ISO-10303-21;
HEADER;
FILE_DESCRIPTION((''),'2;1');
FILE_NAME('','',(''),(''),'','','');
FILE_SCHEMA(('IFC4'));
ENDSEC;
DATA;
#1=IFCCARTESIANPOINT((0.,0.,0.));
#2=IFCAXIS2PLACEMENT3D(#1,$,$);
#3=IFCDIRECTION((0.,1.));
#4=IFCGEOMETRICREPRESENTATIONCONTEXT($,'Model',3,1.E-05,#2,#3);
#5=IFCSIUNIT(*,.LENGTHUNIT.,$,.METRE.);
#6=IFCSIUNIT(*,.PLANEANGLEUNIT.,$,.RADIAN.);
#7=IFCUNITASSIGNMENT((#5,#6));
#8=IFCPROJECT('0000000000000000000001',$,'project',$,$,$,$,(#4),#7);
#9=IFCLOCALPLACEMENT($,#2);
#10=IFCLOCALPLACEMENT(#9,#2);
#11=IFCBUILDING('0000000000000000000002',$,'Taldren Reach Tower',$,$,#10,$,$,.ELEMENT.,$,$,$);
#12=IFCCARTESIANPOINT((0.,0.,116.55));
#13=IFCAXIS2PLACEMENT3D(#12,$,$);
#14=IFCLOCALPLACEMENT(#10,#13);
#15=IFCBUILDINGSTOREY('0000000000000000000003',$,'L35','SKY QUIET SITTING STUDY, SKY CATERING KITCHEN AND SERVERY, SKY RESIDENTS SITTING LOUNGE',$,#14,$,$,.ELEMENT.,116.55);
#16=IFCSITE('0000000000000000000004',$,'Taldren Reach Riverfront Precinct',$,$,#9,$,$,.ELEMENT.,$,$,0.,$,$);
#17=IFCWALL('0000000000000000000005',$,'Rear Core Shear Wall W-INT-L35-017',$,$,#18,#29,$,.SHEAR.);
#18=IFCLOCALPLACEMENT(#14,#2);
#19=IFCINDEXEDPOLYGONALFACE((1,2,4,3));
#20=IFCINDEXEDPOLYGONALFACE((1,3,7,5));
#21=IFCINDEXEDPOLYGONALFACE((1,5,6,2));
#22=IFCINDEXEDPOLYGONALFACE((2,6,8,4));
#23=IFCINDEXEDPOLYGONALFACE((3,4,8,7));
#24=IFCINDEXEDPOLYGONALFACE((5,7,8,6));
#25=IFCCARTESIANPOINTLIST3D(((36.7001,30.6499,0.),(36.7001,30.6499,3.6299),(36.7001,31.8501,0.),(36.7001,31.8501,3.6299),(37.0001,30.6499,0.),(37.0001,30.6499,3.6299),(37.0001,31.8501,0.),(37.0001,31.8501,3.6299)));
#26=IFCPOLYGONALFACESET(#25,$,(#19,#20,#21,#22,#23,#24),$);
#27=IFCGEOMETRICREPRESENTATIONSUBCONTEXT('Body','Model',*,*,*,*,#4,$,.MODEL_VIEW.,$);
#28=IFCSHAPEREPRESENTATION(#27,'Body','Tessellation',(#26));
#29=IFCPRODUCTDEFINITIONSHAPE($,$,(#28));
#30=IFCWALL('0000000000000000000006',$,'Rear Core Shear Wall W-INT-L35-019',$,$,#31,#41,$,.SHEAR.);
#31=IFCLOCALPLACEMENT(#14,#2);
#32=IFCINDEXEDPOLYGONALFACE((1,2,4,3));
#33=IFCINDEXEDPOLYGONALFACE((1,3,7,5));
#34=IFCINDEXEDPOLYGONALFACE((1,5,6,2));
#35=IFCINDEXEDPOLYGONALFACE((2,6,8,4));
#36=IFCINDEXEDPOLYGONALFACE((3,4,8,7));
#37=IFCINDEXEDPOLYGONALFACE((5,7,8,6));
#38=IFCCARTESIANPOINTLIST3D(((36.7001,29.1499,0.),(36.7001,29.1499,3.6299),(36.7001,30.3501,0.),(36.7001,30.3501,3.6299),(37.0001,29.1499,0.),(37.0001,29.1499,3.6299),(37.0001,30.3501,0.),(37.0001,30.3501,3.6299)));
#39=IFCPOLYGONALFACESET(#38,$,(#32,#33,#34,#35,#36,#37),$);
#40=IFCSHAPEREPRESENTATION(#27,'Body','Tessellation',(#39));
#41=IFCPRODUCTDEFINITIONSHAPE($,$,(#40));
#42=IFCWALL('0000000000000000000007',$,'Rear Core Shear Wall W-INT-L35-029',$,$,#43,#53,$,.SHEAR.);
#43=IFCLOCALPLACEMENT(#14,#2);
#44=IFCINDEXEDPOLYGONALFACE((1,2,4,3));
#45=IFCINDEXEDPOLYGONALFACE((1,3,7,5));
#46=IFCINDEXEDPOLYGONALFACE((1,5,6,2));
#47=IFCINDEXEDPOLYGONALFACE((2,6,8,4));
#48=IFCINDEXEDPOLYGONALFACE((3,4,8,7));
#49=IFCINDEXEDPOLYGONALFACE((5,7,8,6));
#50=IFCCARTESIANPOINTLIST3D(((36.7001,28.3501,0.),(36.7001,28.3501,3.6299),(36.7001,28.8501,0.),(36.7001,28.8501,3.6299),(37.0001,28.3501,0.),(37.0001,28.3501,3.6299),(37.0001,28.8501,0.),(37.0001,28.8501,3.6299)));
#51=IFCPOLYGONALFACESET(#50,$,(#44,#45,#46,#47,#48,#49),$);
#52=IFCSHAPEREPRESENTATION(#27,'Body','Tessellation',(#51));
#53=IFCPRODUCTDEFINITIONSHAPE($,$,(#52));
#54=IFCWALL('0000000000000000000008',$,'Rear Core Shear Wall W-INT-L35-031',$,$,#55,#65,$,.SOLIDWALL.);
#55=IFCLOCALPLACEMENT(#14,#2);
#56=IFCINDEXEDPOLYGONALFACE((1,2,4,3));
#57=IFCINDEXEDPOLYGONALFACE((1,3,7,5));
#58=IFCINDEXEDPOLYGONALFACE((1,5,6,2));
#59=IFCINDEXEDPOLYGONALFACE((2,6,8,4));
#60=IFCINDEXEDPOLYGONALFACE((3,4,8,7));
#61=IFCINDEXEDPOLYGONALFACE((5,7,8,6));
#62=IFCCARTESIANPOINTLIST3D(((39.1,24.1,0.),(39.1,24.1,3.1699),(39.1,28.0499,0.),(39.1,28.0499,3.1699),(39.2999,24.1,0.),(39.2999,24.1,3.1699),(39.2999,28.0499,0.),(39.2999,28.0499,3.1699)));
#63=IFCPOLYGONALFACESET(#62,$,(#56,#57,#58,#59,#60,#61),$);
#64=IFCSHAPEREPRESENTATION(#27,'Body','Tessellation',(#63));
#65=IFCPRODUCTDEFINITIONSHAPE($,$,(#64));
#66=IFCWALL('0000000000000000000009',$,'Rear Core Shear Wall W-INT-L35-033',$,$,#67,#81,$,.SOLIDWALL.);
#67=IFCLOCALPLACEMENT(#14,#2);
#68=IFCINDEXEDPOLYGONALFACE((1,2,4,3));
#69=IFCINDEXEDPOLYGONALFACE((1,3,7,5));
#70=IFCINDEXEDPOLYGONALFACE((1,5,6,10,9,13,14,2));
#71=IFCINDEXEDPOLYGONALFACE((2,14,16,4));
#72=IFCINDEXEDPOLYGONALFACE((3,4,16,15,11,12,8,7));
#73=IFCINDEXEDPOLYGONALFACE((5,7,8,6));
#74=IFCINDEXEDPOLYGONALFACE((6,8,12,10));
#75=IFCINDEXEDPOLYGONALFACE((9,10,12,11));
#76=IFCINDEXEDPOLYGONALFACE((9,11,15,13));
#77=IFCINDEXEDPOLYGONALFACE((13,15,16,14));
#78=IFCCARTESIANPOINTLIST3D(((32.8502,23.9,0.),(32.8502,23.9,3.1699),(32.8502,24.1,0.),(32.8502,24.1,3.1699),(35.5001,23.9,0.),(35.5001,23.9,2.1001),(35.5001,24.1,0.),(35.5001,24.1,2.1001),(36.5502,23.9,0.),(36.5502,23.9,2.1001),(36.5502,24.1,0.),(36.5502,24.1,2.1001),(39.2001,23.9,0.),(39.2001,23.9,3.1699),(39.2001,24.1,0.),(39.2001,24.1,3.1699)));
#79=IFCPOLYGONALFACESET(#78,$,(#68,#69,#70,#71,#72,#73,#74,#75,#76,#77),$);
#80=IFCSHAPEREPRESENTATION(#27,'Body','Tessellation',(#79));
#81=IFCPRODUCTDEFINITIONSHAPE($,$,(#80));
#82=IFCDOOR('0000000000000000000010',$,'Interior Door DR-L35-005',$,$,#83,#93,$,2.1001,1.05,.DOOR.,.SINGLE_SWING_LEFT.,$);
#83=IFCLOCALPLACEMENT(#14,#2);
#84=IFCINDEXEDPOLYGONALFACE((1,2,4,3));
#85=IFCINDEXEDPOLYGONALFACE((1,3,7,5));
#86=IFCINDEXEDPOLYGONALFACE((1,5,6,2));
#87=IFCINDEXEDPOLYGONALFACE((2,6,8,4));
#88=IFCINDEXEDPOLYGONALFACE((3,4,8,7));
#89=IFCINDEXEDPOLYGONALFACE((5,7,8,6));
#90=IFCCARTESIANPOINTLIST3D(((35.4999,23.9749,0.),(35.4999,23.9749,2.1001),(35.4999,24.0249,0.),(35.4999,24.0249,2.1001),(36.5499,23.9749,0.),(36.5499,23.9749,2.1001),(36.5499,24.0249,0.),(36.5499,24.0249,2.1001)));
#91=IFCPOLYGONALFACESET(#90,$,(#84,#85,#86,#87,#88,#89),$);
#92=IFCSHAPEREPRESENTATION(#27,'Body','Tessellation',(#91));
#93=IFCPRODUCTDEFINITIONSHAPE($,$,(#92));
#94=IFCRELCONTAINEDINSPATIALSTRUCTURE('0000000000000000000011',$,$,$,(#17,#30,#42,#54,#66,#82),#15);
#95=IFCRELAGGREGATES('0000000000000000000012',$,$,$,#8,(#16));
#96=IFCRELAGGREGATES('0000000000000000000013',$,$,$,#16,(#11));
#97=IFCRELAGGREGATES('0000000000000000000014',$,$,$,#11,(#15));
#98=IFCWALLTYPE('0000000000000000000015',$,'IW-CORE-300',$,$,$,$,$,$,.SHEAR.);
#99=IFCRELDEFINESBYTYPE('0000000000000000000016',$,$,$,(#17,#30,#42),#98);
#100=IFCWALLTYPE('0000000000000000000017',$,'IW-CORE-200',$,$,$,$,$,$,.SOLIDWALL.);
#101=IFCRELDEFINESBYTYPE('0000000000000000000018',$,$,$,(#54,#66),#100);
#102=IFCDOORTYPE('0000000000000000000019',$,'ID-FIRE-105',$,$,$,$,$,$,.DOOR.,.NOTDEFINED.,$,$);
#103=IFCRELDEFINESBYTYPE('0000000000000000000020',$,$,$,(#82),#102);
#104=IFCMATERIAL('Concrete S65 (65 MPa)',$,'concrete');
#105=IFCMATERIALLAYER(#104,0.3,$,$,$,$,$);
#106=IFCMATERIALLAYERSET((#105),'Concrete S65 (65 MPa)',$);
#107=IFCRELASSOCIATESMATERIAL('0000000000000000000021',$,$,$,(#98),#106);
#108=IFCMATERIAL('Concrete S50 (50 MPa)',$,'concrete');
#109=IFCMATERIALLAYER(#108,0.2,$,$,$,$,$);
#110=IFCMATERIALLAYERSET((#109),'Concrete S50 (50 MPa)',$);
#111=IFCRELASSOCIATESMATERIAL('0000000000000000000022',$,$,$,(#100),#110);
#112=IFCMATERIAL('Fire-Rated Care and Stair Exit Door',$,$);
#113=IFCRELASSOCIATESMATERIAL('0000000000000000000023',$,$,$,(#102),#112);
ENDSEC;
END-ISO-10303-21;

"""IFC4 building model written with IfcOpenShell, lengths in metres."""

from ifc_helpers import new_model, si_unit, direction, frame, frame_2d, origin, place, context, subcontext, project, spatial, rectangle, extrude, source, transform, mapped, material, layer, layer_set, type_object, element, fill, save


model = new_model("IFC4")

# Units and contexts
model_context = context("Model", 3, precision=1e-05, world=origin(), true_north=direction((0.0, 1.0)))
body_context = subcontext(model_context, "Body", "Model", "MODEL_VIEW")
ifc_project = project(units=[si_unit("LENGTHUNIT", "METRE"), si_unit("PLANEANGLEUNIT", "RADIAN")], contexts=[model_context])

# Site, building, storey
site_placement = place(None, origin())
site = spatial("IfcSite", under=ifc_project, at=site_placement, Name="Taldren Reach Riverfront Precinct", CompositionType="ELEMENT", RefElevation=0.0)
building_placement = place(site_placement, origin())
building = spatial("IfcBuilding", under=site, at=building_placement, Name="Taldren Reach Tower", CompositionType="ELEMENT")
storey_placement = place(building_placement, frame((0.0, 0.0, 116.55)))
storey = spatial("IfcBuildingStorey", under=building, at=storey_placement, Name="L35", Description="SKY QUIET SITTING STUDY, SKY CATERING KITCHEN AND SERVERY, SKY RESIDENTS SITTING LOUNGE", CompositionType="ELEMENT", Elevation=116.55)

# Walls
ifc_material_1 = material(Name="Concrete S65 (65 MPa)", Category="concrete")
ifc_layer_1 = layer(ifc_material_1, 0.3)
ifc_layer_set_1 = layer_set([ifc_layer_1], Name="Concrete S65 (65 MPa)")
wall_type_1 = type_object("IfcWallType", Name="IW-CORE-300", PredefinedType="SHEAR", material=ifc_layer_set_1)
shared_shape_1 = source(origin(), body_context, "Body", "SweptSolid", [
    extrude(rectangle(XDim=1.2002, YDim=0.3, at=frame_2d((0.6001, 0.0))), origin(), (0.0, 0.0, 1.0), 3.6299),
])
for number, where, z_axis, x_axis, name in (
    (1, (36.8501, 30.6499, 0.0), (0.0, 0.0, 1.0), (0.0, 1.0, 0.0), "Rear Core Shear Wall W-INT-L35-017"),
    (2, (36.8501, 29.1499, 0.0), (0.0, 0.0, 1.0), (0.0, 1.0, 0.0), "Rear Core Shear Wall W-INT-L35-019"),
):
    element("IfcWall", number, at=place(storey_placement, frame(where, z_axis=z_axis, x_axis=x_axis)), inside=storey, type_object=wall_type_1, Name=name, PredefinedType="SHEAR", context=body_context, shape_type="MappedRepresentation", body=[
        mapped(shared_shape_1, transform((0.0, 0.0, 0.0), scale=1.0)),
    ])
shared_shape_2 = source(origin(), body_context, "Body", "SweptSolid", [
    extrude(rectangle(XDim=0.5, YDim=0.3, at=frame_2d((0.25, 0.0))), origin(), (0.0, 0.0, 1.0), 3.6299),
])
wall_1_placement = place(storey_placement, frame((36.8501, 28.8501, 0.0), z_axis=(0.0, 0.0, 1.0), x_axis=(0.0, -1.0, 0.0)))
element("IfcWall", 3, at=wall_1_placement, inside=storey, type_object=wall_type_1, Name="Rear Core Shear Wall W-INT-L35-029", PredefinedType="SHEAR", context=body_context, shape_type="MappedRepresentation", body=[
    mapped(shared_shape_2, transform((0.0, 0.0, 0.0), scale=1.0)),
])

# Wall
ifc_material_2 = material(Name="Concrete S50 (50 MPa)", Category="concrete")
ifc_layer_2 = layer(ifc_material_2, 0.2)
ifc_layer_set_2 = layer_set([ifc_layer_2], Name="Concrete S50 (50 MPa)")
wall_type_2 = type_object("IfcWallType", Name="IW-CORE-200", PredefinedType="SOLIDWALL", material=ifc_layer_set_2)
shared_shape_3 = source(origin(), body_context, "Body", "SweptSolid", [
    extrude(rectangle(XDim=3.95, YDim=0.2, at=frame_2d((1.9751, 0.0))), origin(), (0.0, 0.0, 1.0), 3.1699),
])
wall_2_placement = place(storey_placement, frame((39.2, 28.05, 0.0), z_axis=(0.0, 0.0, 1.0), x_axis=(0.0, -1.0, 0.0)))
element("IfcWall", 4, at=wall_2_placement, inside=storey, type_object=wall_type_2, Name="Rear Core Shear Wall W-INT-L35-031", PredefinedType="SOLIDWALL", context=body_context, shape_type="MappedRepresentation", body=[
    mapped(shared_shape_3, transform((0.0, 0.0, 0.0), scale=1.0)),
])

# Wall, opening, door
shared_shape_4 = source(origin(), body_context, "Body", "SweptSolid", [
    extrude(rectangle(XDim=6.3499, YDim=0.2, at=frame_2d((3.1748, 0.0))), origin(), (0.0, 0.0, 1.0), 3.1699),
])
wall_3_placement = place(storey_placement, frame((39.2, 24.0, 0.0), z_axis=(0.0, 0.0, 1.0), x_axis=(-1.0, 0.0, 0.0)))
wall_3 = element("IfcWall", 5, at=wall_3_placement, inside=storey, type_object=wall_type_2, Name="Rear Core Shear Wall W-INT-L35-033", PredefinedType="SOLIDWALL", context=body_context, shape_type="MappedRepresentation", body=[
    mapped(shared_shape_4, transform((0.0, 0.0, 0.0), scale=1.0)),
])
shared_shape_5 = source(origin(), body_context, "Body", "SweptSolid", [
    extrude(rectangle(XDim=1.05, YDim=2.1001, at=frame_2d((0.5249, 1.05))), frame((0.0, 0.1099, 0.0), z_axis=(0.0, -1.0, 0.0), x_axis=(1.0, 0.0, 0.0)), (0.0, 0.0, 1.0), 0.22),
])
opening_1_placement = place(wall_3_placement, frame((2.6499, 0.0, 0.0)))
opening_1 = element("IfcOpeningElement", 6, at=opening_1_placement, cuts=wall_3, PredefinedType="OPENING", context=body_context, shape_type="MappedRepresentation", body=[
    mapped(shared_shape_5, transform((0.0, 0.0, 0.0), scale=1.0)),
])
ifc_material_3 = material(Name="Fire-Rated Care and Stair Exit Door")
door_type_1 = type_object("IfcDoorType", Name="ID-FIRE-105", OperationType="NOTDEFINED", PredefinedType="DOOR", material=ifc_material_3)
shared_shape_6 = source(origin(), body_context, "Body", "SweptSolid", [
    extrude(rectangle(XDim=1.05, YDim=2.1001, at=frame_2d((0.5249, 1.05))), frame((0.0, 0.0249, 0.0), z_axis=(0.0, -1.0, 0.0), x_axis=(1.0, 0.0, 0.0)), (0.0, 0.0, 1.0), 0.05),
])
door_1_placement = place(opening_1_placement, frame((1.05, 0.0, 0.0), z_axis=(0.0, 0.0, 1.0), x_axis=(-1.0, 0.0, 0.0)))
door_1 = element("IfcDoor", 7, at=door_1_placement, inside=storey, type_object=door_type_1, Name="Interior Door DR-L35-005", OperationType="SINGLE_SWING_LEFT", OverallHeight=2.1001, OverallWidth=1.05, PredefinedType="DOOR", context=body_context, shape_type="MappedRepresentation", body=[
    mapped(shared_shape_6, transform((0.0, 0.0, 0.0), scale=1.0)),
])
fill(opening_1, door_1)

save(model, "model.ifc")
